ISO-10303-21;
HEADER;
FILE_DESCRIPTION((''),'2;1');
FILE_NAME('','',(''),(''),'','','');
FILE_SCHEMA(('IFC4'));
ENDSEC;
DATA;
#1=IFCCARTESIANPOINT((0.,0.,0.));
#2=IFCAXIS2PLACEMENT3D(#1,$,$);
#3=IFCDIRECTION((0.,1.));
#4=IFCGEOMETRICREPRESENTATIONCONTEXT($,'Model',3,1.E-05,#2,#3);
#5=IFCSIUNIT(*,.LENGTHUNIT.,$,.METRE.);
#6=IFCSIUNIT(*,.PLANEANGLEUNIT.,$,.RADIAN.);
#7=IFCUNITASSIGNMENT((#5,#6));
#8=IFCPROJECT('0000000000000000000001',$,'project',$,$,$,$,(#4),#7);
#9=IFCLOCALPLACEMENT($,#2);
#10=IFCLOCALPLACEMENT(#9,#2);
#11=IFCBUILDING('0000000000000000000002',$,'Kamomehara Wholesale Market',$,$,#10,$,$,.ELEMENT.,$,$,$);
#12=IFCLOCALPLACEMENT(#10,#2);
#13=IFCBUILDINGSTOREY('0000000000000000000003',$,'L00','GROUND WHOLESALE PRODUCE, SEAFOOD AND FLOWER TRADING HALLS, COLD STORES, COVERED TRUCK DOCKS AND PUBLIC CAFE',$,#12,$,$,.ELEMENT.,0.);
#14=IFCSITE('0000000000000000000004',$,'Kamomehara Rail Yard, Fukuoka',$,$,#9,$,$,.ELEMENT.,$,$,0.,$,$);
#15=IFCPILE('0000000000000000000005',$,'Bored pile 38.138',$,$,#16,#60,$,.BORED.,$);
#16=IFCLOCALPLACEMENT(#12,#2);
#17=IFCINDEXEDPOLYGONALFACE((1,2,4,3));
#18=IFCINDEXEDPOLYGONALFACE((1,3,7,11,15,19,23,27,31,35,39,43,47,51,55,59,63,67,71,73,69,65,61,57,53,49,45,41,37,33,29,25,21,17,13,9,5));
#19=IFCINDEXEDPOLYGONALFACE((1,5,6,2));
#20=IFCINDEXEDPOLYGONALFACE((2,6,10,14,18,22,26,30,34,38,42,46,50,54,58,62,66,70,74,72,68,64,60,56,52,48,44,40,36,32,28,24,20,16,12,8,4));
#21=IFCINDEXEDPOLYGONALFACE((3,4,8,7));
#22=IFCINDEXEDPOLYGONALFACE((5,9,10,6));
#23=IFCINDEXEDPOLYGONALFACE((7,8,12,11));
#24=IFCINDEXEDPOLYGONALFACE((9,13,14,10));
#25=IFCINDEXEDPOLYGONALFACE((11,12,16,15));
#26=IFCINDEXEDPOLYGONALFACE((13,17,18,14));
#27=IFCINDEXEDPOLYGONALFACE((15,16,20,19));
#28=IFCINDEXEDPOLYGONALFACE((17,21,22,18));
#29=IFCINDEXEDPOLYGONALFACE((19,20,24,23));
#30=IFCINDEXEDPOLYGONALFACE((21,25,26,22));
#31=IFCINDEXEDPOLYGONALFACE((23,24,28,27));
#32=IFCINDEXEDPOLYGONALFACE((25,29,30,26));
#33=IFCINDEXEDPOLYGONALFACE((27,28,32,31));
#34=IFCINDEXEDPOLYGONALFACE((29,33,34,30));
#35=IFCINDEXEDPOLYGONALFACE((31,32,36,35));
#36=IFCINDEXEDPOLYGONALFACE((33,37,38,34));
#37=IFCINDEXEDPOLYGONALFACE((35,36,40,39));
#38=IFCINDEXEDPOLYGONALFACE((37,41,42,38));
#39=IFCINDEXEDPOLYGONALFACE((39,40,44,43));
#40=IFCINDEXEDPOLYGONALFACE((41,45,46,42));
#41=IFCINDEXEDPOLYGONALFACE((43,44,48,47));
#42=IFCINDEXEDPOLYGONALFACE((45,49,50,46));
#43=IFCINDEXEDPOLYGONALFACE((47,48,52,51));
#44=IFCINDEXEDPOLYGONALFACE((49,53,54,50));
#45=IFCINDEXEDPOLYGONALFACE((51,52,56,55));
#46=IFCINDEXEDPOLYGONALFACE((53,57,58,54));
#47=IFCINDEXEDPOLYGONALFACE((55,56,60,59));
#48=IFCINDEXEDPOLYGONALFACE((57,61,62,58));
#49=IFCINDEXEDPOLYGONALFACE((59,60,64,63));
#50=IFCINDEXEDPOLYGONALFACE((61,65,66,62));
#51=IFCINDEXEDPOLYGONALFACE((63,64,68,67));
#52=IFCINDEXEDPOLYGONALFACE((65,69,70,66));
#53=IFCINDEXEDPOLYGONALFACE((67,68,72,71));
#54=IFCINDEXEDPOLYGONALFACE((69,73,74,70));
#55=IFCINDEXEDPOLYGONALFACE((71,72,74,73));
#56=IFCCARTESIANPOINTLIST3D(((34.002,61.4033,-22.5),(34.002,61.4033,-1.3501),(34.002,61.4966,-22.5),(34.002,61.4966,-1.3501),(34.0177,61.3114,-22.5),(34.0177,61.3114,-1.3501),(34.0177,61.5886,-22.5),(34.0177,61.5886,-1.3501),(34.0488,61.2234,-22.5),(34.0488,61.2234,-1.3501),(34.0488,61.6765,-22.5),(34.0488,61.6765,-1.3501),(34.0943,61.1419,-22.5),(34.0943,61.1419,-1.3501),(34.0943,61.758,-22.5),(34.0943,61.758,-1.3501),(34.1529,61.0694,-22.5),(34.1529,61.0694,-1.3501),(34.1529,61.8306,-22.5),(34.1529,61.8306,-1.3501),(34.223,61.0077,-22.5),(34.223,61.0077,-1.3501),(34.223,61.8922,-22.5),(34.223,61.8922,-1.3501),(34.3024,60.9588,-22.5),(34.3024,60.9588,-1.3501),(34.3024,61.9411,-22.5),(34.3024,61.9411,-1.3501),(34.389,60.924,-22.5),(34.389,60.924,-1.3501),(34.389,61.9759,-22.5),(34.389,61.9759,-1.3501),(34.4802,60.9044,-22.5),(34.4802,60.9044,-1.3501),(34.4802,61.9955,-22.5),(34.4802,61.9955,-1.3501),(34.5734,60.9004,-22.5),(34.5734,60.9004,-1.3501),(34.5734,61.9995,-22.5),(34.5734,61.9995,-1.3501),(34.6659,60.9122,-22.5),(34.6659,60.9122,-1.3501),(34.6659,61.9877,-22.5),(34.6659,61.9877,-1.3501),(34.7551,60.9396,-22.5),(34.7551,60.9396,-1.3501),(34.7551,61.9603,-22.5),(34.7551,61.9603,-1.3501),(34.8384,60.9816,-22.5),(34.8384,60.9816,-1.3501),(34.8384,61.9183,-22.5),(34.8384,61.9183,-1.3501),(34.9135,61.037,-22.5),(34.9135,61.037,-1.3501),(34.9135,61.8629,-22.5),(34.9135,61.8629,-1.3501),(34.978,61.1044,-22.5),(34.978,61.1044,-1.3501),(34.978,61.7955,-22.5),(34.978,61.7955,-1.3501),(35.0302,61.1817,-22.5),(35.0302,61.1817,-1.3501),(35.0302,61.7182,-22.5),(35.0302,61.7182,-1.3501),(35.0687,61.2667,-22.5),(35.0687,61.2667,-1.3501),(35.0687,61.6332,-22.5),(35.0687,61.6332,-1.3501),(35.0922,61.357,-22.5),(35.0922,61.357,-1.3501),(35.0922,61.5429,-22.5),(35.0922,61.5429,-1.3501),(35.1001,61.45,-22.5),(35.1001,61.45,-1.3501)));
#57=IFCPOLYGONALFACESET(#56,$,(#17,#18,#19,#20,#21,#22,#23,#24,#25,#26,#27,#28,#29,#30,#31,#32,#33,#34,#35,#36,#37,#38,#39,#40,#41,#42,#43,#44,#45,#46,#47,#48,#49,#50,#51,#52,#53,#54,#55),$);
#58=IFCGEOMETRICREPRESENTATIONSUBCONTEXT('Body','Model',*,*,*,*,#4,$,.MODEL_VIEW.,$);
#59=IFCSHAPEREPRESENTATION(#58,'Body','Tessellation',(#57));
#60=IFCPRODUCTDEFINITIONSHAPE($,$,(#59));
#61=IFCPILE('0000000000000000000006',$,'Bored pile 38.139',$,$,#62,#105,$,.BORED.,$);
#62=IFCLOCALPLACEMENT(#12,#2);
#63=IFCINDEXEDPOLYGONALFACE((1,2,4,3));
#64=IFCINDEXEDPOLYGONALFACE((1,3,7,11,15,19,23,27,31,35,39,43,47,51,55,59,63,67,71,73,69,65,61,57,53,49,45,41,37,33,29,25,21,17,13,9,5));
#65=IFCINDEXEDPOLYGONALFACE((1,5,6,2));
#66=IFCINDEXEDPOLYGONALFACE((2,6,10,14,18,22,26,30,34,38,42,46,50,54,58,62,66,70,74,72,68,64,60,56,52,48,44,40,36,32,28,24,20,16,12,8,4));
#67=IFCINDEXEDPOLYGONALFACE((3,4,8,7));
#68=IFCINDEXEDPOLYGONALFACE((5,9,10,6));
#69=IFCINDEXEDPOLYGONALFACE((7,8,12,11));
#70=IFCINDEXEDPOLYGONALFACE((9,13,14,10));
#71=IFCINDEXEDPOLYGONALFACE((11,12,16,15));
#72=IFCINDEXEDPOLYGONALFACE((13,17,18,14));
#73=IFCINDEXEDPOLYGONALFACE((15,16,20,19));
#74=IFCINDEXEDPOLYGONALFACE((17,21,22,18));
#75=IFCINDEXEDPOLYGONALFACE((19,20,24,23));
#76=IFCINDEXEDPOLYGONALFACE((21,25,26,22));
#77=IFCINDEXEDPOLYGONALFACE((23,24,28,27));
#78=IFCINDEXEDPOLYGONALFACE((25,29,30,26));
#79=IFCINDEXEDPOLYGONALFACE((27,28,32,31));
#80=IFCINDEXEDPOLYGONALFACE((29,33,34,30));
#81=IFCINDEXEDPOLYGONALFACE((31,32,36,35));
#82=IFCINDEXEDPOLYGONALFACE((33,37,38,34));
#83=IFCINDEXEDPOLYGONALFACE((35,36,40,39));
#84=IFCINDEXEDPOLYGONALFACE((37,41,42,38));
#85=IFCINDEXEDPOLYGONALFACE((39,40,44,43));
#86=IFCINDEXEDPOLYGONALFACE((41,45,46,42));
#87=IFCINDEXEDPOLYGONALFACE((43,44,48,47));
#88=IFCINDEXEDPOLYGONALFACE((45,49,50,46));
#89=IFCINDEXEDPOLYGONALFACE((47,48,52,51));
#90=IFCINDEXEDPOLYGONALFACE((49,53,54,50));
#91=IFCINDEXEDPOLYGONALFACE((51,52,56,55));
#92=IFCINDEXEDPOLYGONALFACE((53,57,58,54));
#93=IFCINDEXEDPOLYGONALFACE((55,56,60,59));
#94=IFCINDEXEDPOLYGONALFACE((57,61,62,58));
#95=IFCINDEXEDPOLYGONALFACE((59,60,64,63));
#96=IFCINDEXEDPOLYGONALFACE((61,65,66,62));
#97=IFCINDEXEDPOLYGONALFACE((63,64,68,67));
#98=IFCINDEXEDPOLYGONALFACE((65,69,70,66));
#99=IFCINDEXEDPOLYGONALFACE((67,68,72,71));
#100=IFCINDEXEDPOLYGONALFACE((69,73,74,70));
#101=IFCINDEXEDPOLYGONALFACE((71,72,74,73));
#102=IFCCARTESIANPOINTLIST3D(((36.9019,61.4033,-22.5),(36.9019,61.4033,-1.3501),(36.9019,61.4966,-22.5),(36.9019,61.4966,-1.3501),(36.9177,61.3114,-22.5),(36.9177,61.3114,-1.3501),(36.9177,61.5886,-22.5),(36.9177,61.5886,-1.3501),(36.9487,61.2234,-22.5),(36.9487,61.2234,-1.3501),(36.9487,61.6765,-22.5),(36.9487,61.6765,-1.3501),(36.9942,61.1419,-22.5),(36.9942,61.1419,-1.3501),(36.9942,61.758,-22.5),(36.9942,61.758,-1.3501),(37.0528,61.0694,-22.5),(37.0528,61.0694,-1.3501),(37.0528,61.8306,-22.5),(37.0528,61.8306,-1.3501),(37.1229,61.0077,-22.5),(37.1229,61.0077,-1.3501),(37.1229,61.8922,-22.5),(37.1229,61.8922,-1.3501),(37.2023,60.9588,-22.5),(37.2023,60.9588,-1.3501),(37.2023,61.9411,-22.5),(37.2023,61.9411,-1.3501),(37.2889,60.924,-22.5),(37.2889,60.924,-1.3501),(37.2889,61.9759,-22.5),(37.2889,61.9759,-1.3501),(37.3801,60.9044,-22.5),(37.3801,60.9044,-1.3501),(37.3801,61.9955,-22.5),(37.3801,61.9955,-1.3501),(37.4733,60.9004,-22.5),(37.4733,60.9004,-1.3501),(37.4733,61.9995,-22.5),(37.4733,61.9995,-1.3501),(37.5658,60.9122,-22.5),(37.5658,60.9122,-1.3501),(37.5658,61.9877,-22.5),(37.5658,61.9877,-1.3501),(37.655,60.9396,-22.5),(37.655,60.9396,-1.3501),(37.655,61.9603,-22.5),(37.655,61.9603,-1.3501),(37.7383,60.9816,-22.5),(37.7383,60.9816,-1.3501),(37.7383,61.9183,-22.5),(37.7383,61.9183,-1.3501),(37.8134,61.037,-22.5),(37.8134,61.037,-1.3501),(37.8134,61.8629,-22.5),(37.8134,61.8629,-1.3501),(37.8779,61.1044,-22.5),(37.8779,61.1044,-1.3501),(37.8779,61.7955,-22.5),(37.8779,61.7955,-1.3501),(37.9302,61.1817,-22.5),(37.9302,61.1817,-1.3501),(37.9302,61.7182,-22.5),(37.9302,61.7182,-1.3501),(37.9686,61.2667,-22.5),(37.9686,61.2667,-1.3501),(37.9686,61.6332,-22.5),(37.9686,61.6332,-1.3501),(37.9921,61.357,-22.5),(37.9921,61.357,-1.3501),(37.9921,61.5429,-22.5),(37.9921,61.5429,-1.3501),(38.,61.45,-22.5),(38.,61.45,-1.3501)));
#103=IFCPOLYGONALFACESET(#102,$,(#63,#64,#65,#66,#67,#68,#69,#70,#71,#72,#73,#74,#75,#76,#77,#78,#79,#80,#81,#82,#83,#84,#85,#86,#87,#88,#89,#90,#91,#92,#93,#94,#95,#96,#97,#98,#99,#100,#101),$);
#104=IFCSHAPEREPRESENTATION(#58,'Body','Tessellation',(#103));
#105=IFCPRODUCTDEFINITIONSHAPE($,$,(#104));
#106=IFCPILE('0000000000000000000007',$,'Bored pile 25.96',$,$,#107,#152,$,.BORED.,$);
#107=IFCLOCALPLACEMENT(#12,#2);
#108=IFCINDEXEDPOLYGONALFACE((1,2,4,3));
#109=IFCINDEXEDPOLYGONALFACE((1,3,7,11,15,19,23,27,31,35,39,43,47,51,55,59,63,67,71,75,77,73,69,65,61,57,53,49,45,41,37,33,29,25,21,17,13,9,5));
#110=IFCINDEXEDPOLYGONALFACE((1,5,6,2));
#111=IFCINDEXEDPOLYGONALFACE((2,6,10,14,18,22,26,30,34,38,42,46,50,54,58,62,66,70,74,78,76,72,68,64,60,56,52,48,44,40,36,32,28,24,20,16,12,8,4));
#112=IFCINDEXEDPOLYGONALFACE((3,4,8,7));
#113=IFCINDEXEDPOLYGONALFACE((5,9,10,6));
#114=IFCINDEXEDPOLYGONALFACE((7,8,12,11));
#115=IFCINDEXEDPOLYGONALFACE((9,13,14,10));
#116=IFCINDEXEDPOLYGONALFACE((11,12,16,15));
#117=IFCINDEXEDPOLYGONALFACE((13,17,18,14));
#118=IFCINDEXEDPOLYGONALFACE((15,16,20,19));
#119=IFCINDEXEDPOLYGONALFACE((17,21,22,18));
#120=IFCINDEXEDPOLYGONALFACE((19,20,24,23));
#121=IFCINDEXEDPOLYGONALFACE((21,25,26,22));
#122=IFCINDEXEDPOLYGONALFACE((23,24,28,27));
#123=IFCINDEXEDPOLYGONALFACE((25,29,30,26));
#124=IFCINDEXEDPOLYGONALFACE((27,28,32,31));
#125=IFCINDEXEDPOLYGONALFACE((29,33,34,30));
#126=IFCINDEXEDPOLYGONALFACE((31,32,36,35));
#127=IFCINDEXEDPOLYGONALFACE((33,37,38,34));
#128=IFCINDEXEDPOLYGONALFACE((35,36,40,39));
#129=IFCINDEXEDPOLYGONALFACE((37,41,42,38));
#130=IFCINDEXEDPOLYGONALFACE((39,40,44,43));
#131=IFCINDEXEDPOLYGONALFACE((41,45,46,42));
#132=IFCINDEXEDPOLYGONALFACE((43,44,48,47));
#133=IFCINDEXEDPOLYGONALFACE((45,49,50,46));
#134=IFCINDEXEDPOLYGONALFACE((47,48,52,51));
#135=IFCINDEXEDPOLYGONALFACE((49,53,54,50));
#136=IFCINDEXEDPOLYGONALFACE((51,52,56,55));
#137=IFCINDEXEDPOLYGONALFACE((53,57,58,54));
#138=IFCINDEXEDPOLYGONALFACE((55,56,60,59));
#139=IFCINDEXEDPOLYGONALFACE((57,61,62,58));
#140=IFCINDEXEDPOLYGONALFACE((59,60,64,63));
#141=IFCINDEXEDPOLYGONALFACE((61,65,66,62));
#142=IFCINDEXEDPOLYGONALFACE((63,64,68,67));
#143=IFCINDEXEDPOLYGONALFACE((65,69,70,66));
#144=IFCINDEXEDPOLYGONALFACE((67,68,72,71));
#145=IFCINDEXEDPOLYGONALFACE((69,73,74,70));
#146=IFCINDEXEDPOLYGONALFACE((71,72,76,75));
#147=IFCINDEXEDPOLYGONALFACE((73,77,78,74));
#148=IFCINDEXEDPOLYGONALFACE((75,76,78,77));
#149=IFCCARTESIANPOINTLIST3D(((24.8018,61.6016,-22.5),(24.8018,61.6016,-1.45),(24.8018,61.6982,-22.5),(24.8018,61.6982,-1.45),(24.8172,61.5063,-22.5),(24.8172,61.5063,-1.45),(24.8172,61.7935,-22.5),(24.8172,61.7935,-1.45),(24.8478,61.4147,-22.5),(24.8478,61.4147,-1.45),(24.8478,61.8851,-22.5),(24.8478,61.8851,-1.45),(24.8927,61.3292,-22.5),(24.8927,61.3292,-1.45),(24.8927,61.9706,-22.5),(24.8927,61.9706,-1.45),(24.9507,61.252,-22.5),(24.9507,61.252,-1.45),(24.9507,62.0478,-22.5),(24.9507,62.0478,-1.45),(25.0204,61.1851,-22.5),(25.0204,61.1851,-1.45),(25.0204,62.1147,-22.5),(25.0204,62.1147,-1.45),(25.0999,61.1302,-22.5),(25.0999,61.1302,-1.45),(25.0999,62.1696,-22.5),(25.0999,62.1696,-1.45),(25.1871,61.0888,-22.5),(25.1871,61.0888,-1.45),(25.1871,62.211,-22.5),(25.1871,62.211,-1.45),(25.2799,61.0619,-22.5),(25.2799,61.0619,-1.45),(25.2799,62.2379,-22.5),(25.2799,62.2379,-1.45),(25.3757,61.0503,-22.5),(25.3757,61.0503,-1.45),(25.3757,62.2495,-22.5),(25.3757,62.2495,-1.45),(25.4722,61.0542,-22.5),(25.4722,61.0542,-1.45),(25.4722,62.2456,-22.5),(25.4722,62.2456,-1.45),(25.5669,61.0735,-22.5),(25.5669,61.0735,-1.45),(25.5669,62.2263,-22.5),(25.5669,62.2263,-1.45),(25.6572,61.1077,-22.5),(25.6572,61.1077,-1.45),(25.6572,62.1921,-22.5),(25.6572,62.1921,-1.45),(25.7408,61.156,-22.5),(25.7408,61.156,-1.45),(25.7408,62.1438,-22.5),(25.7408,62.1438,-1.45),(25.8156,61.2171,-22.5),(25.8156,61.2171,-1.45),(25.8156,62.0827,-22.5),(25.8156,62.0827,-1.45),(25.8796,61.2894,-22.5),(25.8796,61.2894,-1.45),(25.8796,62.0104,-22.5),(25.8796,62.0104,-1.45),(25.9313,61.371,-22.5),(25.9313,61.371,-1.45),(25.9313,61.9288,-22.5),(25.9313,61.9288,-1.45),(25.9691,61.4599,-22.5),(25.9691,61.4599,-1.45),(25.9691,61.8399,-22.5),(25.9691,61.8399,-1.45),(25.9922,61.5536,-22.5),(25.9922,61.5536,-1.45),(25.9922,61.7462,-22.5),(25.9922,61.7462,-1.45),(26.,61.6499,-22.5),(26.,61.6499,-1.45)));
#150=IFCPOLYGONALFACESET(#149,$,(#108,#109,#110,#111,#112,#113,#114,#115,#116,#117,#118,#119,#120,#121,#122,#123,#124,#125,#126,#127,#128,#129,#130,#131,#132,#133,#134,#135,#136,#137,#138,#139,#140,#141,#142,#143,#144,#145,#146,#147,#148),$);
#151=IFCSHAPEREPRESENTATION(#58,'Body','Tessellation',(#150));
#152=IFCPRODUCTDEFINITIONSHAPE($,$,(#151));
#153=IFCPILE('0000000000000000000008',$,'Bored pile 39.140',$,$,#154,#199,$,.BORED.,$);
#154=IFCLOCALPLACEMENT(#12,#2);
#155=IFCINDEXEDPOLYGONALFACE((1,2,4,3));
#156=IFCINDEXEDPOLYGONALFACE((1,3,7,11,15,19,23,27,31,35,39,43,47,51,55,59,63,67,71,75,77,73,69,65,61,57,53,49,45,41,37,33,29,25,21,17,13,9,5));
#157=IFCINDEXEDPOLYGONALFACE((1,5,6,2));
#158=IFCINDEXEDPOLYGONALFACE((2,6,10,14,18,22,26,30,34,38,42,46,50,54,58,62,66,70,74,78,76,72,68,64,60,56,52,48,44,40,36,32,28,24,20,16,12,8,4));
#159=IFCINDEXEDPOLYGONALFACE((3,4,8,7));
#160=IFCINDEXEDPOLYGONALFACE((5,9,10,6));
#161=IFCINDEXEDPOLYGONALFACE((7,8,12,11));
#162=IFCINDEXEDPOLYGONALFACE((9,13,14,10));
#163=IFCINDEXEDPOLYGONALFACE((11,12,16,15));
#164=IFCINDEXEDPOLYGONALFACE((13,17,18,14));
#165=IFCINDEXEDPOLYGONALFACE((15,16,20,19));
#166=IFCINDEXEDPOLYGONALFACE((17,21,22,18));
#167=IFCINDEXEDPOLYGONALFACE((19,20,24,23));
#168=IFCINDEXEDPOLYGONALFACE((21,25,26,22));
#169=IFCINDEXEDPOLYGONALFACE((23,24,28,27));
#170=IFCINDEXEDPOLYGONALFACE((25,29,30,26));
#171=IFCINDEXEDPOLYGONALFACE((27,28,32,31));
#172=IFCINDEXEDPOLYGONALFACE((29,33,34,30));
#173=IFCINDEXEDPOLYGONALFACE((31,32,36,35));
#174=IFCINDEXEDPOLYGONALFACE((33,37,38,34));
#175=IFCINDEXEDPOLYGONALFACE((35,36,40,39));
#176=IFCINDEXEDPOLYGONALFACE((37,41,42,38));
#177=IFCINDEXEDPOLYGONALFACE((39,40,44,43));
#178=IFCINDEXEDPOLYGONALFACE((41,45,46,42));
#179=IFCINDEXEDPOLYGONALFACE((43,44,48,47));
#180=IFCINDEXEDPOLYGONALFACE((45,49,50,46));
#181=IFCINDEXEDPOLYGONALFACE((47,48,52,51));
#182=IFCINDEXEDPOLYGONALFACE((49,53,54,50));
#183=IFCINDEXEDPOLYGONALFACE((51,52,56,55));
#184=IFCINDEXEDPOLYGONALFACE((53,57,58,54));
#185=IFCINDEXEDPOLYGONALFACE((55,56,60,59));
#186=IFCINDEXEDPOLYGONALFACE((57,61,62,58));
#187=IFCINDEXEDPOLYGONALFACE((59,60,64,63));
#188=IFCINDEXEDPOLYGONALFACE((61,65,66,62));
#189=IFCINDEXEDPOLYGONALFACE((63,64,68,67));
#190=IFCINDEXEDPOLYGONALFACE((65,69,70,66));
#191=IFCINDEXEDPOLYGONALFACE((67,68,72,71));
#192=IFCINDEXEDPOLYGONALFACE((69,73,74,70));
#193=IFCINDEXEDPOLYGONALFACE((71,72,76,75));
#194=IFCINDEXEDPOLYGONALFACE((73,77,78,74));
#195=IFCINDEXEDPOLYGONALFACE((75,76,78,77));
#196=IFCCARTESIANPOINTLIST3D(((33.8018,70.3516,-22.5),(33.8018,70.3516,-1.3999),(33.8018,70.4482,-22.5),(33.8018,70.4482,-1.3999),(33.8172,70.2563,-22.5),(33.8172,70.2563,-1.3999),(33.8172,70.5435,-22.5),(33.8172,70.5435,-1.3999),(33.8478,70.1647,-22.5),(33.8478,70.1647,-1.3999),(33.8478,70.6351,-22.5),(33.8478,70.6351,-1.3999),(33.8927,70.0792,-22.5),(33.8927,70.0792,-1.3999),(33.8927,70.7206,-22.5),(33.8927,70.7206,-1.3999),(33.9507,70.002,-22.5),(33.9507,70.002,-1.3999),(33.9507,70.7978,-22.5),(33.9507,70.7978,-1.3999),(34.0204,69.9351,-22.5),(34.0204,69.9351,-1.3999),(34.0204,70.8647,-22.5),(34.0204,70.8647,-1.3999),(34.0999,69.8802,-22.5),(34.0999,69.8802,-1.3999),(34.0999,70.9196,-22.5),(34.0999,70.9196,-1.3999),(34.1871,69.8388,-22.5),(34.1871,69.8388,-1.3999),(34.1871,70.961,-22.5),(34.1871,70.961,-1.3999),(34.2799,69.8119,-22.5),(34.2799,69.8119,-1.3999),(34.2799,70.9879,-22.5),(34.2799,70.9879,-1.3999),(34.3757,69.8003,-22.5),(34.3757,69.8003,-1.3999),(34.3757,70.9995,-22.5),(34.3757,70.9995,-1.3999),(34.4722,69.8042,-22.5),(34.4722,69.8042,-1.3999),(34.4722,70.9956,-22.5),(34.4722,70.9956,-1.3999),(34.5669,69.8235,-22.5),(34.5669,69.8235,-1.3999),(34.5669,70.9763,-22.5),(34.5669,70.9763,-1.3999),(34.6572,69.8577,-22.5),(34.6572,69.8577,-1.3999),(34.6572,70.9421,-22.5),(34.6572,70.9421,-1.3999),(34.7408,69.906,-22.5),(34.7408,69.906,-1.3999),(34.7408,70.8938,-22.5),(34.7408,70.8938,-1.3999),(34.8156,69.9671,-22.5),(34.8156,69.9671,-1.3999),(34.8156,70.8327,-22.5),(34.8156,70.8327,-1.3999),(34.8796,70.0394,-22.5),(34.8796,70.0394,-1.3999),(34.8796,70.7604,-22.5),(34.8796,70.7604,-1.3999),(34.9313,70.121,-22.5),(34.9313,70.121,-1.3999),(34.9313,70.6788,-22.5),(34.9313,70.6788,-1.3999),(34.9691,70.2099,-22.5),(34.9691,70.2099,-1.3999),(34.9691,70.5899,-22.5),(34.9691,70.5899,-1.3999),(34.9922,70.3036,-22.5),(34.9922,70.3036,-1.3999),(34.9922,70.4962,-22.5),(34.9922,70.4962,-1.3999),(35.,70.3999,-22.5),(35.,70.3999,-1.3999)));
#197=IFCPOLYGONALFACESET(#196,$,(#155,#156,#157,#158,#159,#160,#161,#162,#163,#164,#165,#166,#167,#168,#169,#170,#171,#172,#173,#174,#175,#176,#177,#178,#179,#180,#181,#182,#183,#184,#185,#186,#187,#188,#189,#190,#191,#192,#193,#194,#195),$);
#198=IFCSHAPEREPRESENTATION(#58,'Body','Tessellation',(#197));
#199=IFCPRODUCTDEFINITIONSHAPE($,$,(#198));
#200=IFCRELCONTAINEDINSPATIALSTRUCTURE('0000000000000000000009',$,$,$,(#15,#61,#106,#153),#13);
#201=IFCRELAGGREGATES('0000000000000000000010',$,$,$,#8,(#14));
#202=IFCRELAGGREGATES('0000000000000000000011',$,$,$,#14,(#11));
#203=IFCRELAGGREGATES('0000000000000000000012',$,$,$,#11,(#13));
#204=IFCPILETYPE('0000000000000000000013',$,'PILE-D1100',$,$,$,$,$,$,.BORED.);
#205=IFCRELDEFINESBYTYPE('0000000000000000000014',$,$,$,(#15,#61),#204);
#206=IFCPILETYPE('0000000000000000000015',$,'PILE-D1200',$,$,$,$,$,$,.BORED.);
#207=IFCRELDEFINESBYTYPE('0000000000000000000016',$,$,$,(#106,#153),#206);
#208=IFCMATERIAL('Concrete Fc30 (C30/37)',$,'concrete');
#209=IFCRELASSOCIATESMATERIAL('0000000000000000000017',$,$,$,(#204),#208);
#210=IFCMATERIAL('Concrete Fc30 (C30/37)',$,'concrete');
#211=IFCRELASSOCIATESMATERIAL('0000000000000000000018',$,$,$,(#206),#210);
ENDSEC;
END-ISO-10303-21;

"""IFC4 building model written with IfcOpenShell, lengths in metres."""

from ifc_helpers import new_model, si_unit, direction, frame, origin, origin_2d, place, context, subcontext, project, spatial, circle, extrude, material, material_profile, profile_set, type_object, element, save


model = new_model("IFC4")

# Units and contexts
model_context = context("Model", 3, precision=1e-05, world=origin(), true_north=direction((0.0, 1.0)))
body_context = subcontext(model_context, "Body", "Model", "MODEL_VIEW")
ifc_project = project(units=[si_unit("LENGTHUNIT", "METRE"), si_unit("PLANEANGLEUNIT", "RADIAN")], contexts=[model_context])

# Site, building, storey
site_placement = place(None, origin())
site = spatial("IfcSite", under=ifc_project, at=site_placement, Name="Kamomehara Rail Yard, Fukuoka", CompositionType="ELEMENT", RefElevation=0.0)
building_placement = place(site_placement, origin())
building = spatial("IfcBuilding", under=site, at=building_placement, Name="Kamomehara Wholesale Market", CompositionType="ELEMENT")
storey_placement = place(building_placement, origin())
storey = spatial("IfcBuildingStorey", under=building, at=storey_placement, Name="L00", Description="GROUND WHOLESALE PRODUCE, SEAFOOD AND FLOWER TRADING HALLS, COLD STORES, COVERED TRUCK DOCKS AND PUBLIC CAFE", CompositionType="ELEMENT", Elevation=0.0)

# Piles
ifc_material_1 = material(Name="Concrete Fc30 (C30/37)", Category="concrete")
ifc_material_profile_1 = material_profile(ifc_material_1, circle(Radius=0.55, at=origin_2d()), Name="RC-PILE-D1100")
ifc_profile_set_1 = profile_set([ifc_material_profile_1], Name="Concrete Fc30 (C30/37)")
pile_type_1 = type_object("IfcPileType", Name="PILE-D1100", PredefinedType="BORED", material=ifc_profile_set_1)
for number, where, z_axis, x_axis, name in (
    (1, (34.55, 61.45, -1.3501), (0.0, 0.0, -1.0), (1.0, 0.0, 0.0), "Bored pile 38.138"),
    (2, (37.45, 61.45, -1.3501), (0.0, 0.0, -1.0), (1.0, 0.0, 0.0), "Bored pile 38.139"),
):
    element("IfcPile", number, at=place(storey_placement, frame(where, z_axis=z_axis, x_axis=x_axis)), inside=storey, type_object=pile_type_1, Name=name, PredefinedType="BORED", context=body_context, shape_type="SweptSolid", body=[
        extrude(circle(Radius=0.55, at=origin_2d()), origin(), (0.0, 0.0, 1.0), 21.1499),
    ])
ifc_material_2 = material(Name="Concrete Fc30 (C30/37)", Category="concrete")
ifc_material_profile_2 = material_profile(ifc_material_2, circle(Radius=0.6001, at=origin_2d()), Name="RC-PILE-D1200")
ifc_profile_set_2 = profile_set([ifc_material_profile_2], Name="Concrete Fc30 (C30/37)")
pile_type_2 = type_object("IfcPileType", Name="PILE-D1200", PredefinedType="BORED", material=ifc_profile_set_2)
pile_placement = place(storey_placement, frame((25.3999, 61.6499, -1.45), z_axis=(0.0, 0.0, -1.0), x_axis=(1.0, 0.0, 0.0)))
element("IfcPile", 3, at=pile_placement, inside=storey, type_object=pile_type_2, Name="Bored pile 25.96", PredefinedType="BORED", context=body_context, shape_type="SweptSolid", body=[
    extrude(circle(Radius=0.6001, at=origin_2d()), origin(), (0.0, 0.0, 1.0), 21.05),
])
for number, where, z_axis, x_axis, name in (
    (4, (34.3999, 70.3999, -1.3999), (0.0, 0.0, -1.0), (1.0, 0.0, 0.0), "Bored pile 39.140"),
):
    element("IfcPile", number, at=place(storey_placement, frame(where, z_axis=z_axis, x_axis=x_axis)), inside=storey, type_object=pile_type_2, Name=name, PredefinedType="BORED", context=body_context, shape_type="SweptSolid", body=[
        extrude(circle(Radius=0.6001, at=origin_2d()), origin(), (0.0, 0.0, 1.0), 21.1001),
    ])

save(model, "model.ifc")
